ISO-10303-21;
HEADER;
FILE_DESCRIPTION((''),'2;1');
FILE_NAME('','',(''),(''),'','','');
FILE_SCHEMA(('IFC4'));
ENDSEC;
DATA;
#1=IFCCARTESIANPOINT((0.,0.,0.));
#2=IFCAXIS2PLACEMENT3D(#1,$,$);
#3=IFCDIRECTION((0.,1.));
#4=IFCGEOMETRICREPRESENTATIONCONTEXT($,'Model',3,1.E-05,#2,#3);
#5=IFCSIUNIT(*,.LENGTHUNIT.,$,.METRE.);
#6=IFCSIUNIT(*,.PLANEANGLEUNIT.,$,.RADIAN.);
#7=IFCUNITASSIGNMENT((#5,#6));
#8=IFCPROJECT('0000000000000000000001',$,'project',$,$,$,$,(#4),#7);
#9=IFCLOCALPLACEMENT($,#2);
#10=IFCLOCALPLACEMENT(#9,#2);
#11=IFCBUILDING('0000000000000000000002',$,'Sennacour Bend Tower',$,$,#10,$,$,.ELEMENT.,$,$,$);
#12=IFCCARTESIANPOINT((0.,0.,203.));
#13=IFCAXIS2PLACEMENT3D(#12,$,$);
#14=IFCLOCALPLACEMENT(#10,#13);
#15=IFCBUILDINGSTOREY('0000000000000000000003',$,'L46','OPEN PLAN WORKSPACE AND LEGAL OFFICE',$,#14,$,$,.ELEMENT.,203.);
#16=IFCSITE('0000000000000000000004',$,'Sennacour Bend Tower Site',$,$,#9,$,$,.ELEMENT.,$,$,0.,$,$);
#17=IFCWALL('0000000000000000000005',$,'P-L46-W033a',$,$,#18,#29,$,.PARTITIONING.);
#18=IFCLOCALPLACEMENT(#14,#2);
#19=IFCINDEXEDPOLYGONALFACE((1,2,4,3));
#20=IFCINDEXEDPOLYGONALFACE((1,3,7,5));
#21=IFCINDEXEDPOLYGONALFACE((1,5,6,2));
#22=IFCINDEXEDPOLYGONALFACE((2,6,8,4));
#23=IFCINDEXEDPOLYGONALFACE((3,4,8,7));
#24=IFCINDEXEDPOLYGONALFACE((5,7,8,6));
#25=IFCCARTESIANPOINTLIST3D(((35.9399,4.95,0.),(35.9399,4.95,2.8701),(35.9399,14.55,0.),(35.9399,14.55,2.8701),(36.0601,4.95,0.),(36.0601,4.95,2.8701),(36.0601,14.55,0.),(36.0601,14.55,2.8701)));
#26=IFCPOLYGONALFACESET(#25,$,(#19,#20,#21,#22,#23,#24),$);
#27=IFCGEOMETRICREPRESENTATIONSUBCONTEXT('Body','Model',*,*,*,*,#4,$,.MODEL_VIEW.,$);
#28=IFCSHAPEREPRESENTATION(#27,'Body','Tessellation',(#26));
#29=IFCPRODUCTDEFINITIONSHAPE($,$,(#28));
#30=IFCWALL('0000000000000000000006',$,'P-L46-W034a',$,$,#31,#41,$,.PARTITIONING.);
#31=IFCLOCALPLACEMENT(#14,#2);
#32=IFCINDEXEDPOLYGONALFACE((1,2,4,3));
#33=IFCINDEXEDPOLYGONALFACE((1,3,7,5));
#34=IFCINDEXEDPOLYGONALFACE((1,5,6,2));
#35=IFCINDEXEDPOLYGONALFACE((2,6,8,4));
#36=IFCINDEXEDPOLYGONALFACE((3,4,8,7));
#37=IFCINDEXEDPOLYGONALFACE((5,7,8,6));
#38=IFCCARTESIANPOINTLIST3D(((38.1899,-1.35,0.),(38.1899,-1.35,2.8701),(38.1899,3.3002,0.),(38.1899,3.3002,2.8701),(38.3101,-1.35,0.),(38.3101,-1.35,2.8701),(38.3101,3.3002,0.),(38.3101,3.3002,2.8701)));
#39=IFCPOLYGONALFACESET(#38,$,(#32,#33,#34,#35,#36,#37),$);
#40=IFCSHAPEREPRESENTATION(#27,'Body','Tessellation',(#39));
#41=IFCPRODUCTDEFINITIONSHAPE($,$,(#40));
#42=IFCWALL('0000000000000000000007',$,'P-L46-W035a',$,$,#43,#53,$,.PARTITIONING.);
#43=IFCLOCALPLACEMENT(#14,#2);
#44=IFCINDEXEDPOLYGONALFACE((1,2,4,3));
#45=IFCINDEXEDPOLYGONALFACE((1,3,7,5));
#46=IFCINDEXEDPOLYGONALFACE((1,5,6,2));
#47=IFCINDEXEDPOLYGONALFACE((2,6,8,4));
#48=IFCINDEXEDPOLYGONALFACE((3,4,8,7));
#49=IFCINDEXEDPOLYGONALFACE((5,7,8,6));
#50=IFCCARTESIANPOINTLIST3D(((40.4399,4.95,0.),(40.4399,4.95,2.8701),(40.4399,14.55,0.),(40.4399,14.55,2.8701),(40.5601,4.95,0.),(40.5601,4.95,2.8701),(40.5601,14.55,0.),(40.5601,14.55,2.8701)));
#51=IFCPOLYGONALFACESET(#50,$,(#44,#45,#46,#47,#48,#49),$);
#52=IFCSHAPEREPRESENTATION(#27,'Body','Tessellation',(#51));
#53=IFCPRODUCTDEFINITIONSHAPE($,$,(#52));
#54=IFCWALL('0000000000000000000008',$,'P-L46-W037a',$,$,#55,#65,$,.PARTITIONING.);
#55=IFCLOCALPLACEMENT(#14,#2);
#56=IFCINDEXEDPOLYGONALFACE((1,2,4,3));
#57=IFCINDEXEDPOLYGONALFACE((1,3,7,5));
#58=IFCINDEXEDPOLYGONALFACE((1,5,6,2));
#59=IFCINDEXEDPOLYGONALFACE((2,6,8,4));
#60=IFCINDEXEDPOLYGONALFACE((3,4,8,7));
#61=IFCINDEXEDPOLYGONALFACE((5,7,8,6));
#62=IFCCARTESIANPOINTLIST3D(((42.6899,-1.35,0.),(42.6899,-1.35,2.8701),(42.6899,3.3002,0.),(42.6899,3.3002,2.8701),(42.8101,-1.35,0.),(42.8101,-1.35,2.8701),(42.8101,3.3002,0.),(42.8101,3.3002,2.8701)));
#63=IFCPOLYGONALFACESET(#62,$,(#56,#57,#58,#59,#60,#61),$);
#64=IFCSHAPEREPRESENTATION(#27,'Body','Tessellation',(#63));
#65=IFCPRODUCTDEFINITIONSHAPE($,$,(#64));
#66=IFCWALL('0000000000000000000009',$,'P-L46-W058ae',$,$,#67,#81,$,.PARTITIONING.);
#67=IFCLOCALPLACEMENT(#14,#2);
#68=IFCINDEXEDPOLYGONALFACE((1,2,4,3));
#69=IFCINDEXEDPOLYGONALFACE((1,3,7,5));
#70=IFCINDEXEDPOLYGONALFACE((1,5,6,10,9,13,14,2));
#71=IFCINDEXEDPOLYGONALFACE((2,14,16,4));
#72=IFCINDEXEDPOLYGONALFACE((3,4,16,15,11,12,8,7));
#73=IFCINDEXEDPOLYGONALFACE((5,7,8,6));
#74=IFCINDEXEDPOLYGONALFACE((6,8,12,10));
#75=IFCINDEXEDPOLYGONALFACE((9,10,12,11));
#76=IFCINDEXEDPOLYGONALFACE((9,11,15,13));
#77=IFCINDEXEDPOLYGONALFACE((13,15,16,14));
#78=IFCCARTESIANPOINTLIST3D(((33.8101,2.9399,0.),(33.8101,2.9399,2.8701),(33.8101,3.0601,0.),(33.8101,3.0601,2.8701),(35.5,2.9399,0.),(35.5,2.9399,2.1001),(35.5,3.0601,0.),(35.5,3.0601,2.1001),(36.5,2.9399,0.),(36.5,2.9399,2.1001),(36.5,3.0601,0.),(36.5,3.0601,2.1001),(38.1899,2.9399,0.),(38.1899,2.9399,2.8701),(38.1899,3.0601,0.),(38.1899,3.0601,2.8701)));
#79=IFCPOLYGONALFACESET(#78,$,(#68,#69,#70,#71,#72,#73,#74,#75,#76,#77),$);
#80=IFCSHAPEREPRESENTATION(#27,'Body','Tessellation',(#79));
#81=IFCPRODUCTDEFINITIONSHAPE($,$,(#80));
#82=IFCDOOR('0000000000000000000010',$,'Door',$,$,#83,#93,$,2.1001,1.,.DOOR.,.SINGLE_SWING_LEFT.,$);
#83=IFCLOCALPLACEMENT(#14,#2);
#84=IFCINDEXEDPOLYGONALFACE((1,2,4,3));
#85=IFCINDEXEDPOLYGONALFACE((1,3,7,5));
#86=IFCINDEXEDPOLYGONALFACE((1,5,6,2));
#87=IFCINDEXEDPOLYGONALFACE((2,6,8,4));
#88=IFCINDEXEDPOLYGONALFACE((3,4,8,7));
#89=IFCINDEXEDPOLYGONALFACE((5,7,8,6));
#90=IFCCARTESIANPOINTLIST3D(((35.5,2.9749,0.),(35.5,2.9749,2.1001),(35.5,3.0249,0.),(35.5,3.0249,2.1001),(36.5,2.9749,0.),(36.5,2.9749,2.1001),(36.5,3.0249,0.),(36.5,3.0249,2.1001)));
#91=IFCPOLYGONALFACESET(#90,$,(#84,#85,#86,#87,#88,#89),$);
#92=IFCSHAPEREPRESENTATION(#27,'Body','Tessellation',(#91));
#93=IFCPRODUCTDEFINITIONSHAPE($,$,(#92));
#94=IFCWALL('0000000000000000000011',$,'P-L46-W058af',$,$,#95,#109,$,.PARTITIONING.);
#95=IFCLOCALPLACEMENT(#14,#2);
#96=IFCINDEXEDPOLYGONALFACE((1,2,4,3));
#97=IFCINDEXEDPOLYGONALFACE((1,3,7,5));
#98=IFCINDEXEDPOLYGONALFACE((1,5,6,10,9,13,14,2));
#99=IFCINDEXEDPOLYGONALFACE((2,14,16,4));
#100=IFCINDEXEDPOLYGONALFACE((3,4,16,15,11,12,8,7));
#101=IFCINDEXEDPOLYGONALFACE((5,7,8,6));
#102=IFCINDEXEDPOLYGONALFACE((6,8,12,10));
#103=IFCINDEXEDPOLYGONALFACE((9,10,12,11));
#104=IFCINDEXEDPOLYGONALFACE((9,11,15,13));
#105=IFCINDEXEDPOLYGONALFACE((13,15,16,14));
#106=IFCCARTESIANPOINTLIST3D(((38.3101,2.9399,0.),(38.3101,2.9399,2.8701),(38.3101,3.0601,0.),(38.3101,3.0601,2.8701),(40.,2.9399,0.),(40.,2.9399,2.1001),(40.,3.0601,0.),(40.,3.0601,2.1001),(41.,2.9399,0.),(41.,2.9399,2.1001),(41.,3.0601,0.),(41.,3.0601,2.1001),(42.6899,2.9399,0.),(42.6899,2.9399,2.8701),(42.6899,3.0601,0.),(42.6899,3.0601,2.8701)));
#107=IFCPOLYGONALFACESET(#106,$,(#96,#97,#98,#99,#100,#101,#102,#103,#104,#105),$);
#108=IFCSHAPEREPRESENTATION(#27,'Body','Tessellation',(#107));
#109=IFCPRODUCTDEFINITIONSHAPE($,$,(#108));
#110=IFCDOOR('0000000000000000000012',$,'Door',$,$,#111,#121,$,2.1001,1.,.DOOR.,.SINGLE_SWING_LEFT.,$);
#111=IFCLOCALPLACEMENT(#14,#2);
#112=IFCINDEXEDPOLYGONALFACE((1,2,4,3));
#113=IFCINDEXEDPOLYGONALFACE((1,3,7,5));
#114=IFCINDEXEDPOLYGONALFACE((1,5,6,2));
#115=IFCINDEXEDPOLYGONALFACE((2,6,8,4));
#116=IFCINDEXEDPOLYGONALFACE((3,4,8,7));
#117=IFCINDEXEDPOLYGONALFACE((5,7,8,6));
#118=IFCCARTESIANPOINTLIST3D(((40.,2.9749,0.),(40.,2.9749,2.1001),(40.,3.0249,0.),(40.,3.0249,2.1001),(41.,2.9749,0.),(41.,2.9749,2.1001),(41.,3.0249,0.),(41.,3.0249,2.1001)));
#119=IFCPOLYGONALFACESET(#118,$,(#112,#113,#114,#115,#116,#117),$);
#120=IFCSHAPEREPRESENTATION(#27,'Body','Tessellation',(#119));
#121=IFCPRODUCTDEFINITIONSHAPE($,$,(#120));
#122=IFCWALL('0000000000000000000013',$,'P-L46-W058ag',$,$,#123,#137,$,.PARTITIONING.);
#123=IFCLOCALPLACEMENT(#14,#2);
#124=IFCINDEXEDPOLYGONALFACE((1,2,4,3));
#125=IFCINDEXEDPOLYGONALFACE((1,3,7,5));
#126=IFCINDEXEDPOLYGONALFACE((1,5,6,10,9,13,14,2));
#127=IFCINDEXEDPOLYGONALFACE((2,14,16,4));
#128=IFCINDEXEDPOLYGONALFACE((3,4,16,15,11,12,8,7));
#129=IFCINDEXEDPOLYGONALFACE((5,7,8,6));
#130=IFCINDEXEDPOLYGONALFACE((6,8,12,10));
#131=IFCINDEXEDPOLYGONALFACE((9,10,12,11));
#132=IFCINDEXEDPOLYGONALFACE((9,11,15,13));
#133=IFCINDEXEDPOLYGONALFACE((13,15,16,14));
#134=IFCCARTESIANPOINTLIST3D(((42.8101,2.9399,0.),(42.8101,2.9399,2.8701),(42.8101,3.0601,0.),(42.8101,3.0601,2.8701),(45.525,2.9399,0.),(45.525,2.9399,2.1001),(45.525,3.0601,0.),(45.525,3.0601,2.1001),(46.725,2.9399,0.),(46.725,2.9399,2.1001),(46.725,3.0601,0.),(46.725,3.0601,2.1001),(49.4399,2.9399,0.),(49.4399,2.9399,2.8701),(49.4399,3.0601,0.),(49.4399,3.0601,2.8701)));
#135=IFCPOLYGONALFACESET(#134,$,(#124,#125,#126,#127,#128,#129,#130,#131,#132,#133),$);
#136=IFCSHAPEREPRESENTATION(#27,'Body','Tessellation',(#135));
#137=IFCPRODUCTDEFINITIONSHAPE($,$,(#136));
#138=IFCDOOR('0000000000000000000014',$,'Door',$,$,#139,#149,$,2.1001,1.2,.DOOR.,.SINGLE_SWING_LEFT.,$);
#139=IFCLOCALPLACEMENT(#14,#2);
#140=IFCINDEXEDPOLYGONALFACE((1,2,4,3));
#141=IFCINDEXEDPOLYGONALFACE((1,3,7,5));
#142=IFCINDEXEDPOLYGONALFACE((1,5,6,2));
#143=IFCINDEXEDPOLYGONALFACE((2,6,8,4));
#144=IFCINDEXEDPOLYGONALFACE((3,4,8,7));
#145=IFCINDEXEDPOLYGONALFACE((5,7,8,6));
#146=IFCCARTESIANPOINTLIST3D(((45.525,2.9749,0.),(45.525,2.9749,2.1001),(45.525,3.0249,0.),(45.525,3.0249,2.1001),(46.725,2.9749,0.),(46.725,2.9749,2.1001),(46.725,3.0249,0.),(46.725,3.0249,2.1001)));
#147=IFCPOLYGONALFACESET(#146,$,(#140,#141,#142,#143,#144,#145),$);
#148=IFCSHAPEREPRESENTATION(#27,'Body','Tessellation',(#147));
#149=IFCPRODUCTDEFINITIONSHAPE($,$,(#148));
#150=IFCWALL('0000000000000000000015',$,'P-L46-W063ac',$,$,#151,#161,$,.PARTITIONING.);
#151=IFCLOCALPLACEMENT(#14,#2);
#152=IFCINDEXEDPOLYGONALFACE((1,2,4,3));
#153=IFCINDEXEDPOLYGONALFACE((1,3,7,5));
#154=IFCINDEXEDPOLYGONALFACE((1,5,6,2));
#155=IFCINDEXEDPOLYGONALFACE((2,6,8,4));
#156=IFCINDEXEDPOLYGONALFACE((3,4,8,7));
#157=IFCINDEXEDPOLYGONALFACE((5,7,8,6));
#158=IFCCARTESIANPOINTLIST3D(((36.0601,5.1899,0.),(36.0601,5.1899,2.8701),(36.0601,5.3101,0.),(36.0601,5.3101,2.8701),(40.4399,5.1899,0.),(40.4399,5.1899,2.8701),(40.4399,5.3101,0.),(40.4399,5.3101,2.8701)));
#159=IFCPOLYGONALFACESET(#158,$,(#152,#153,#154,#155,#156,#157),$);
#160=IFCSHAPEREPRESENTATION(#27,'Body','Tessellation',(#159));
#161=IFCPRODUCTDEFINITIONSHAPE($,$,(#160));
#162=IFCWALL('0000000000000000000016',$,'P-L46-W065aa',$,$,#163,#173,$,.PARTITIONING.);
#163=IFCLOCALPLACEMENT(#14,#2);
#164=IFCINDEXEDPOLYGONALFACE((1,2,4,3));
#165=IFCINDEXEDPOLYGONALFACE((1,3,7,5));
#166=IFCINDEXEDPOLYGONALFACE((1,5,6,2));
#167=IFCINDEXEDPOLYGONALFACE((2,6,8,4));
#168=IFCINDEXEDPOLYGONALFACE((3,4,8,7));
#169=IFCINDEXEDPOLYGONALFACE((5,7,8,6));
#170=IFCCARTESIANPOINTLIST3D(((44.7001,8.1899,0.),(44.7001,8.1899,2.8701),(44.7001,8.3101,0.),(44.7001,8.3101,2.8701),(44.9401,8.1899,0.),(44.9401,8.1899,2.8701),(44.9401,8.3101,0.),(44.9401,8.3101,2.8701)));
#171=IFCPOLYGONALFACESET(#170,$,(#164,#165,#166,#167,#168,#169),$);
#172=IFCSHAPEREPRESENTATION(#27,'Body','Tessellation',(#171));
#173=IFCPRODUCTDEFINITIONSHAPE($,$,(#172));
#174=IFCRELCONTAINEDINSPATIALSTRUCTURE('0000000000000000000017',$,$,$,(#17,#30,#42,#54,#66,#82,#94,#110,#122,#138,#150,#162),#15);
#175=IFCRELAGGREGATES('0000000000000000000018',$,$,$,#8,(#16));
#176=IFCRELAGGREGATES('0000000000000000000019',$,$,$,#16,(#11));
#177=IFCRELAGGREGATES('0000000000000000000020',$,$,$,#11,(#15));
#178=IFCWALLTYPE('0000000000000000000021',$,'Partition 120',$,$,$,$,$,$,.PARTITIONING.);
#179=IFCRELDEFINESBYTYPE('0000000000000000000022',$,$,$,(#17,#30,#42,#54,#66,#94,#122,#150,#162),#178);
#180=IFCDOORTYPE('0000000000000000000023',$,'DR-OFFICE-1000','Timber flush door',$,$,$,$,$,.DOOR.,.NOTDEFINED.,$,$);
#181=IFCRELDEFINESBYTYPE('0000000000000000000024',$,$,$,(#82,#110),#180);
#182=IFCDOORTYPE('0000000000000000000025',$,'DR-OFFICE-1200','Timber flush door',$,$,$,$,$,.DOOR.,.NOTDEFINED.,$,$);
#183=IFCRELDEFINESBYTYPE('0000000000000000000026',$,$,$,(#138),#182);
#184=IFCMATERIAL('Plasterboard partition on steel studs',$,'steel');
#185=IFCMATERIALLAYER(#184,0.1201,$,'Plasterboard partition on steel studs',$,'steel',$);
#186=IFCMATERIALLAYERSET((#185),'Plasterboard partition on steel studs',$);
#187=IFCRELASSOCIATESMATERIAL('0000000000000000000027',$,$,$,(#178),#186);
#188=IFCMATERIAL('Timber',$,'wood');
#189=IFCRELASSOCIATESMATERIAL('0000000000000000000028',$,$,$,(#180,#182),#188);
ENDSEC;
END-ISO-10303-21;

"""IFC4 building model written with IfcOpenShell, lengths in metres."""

from ifc_helpers import new_model, si_unit, direction, frame, frame_2d, origin, place, context, subcontext, project, spatial, rectangle, extrude, material, layer, layer_set, type_object, element, fill, save


model = new_model("IFC4")

# Units and contexts
model_context = context("Model", 3, precision=1e-05, world=origin(), true_north=direction((0.0, 1.0)))
body_context = subcontext(model_context, "Body", "Model", "MODEL_VIEW")
ifc_project = project(units=[si_unit("LENGTHUNIT", "METRE"), si_unit("PLANEANGLEUNIT", "RADIAN")], contexts=[model_context])

# Site, building, storey
site_placement = place(None, origin())
site = spatial("IfcSite", under=ifc_project, at=site_placement, Name="Sennacour Bend Tower Site", CompositionType="ELEMENT", RefElevation=0.0)
building_placement = place(site_placement, origin())
building = spatial("IfcBuilding", under=site, at=building_placement, Name="Sennacour Bend Tower", CompositionType="ELEMENT")
storey_placement = place(building_placement, frame((0.0, 0.0, 203.0)))
storey = spatial("IfcBuildingStorey", under=building, at=storey_placement, Name="L46", Description="OPEN PLAN WORKSPACE AND LEGAL OFFICE", CompositionType="ELEMENT", Elevation=203.0)

# Walls
ifc_material_1 = material(Name="Plasterboard partition on steel studs", Category="steel")
ifc_layer_1 = layer(ifc_material_1, 0.1201, Name="Plasterboard partition on steel studs", Category="steel")
ifc_layer_set_1 = layer_set([ifc_layer_1], Name="Plasterboard partition on steel studs")
wall_type_1 = type_object("IfcWallType", Name="Partition 120", PredefinedType="PARTITIONING", material=ifc_layer_set_1)
wall_1_placement = place(storey_placement, frame((36.0, 4.95, 0.0), z_axis=(0.0, 0.0, 1.0), x_axis=(0.0, 1.0, 0.0)))
element("IfcWall", 1, at=wall_1_placement, inside=storey, type_object=wall_type_1, Name="P-L46-W033a", PredefinedType="PARTITIONING", context=body_context, shape_type="SweptSolid", body=[
    extrude(rectangle(XDim=9.6001, YDim=0.1201, at=frame_2d((4.8, 0.0))), origin(), (0.0, 0.0, 1.0), 2.8701),
])
wall_2_placement = place(storey_placement, frame((38.25, -1.3501, 0.0), z_axis=(0.0, 0.0, 1.0), x_axis=(0.0, 1.0, 0.0)))
element("IfcWall", 2, at=wall_2_placement, inside=storey, type_object=wall_type_1, Name="P-L46-W034a", PredefinedType="PARTITIONING", context=body_context, shape_type="SweptSolid", body=[
    extrude(rectangle(XDim=4.6501, YDim=0.1201, at=frame_2d((2.3252, 0.0))), origin(), (0.0, 0.0, 1.0), 2.8701),
])
wall_3_placement = place(storey_placement, frame((40.5, 4.95, 0.0), z_axis=(0.0, 0.0, 1.0), x_axis=(0.0, 1.0, 0.0)))
element("IfcWall", 3, at=wall_3_placement, inside=storey, type_object=wall_type_1, Name="P-L46-W035a", PredefinedType="PARTITIONING", context=body_context, shape_type="SweptSolid", body=[
    extrude(rectangle(XDim=9.6001, YDim=0.1201, at=frame_2d((4.8, 0.0))), origin(), (0.0, 0.0, 1.0), 2.8701),
])
wall_4_placement = place(storey_placement, frame((42.75, -1.3501, 0.0), z_axis=(0.0, 0.0, 1.0), x_axis=(0.0, 1.0, 0.0)))
element("IfcWall", 4, at=wall_4_placement, inside=storey, type_object=wall_type_1, Name="P-L46-W037a", PredefinedType="PARTITIONING", context=body_context, shape_type="SweptSolid", body=[
    extrude(rectangle(XDim=4.6501, YDim=0.1201, at=frame_2d((2.3252, 0.0))), origin(), (0.0, 0.0, 1.0), 2.8701),
])

# Walls, openings, doors
wall_5_placement = place(storey_placement, frame((33.8101, 3.0, 0.0), z_axis=(0.0, 0.0, 1.0), x_axis=(1.0, 0.0, 0.0)))
wall_5 = element("IfcWall", 5, at=wall_5_placement, inside=storey, type_object=wall_type_1, Name="P-L46-W058ae", PredefinedType="PARTITIONING", context=body_context, shape_type="SweptSolid", body=[
    extrude(rectangle(XDim=4.3799, YDim=0.1201, at=frame_2d((2.1899, 0.0))), origin(), (0.0, 0.0, 1.0), 2.8701),
])
opening_1_placement = place(wall_5_placement, frame((1.6899, 0.0, 0.0)))
opening_1 = element("IfcOpeningElement", 6, at=opening_1_placement, cuts=wall_5, PredefinedType="OPENING", context=body_context, shape_type="SweptSolid", body=[
    extrude(rectangle(XDim=1.0, YDim=2.1001, at=frame_2d((0.5, 1.05))), frame((0.0, 0.0701, 0.0), z_axis=(0.0, -1.0, 0.0), x_axis=(1.0, 0.0, 0.0)), (0.0, 0.0, 1.0), 0.1401),
])
ifc_material_2 = material(Name="Timber", Category="wood")
door_type_1 = type_object("IfcDoorType", Name="DR-OFFICE-1000", Description="Timber flush door", OperationType="NOTDEFINED", PredefinedType="DOOR", material=ifc_material_2)
door_1_placement = place(opening_1_placement, origin())
door_1 = element("IfcDoor", 7, at=door_1_placement, inside=storey, type_object=door_type_1, Name="Door", OperationType="SINGLE_SWING_LEFT", OverallHeight=2.1001, OverallWidth=1.0, PredefinedType="DOOR", context=body_context, shape_type="SweptSolid", body=[
    extrude(rectangle(XDim=1.0, YDim=2.1001, at=frame_2d((0.5, 1.05))), frame((0.0, 0.0249, 0.0), z_axis=(0.0, -1.0, 0.0), x_axis=(1.0, 0.0, 0.0)), (0.0, 0.0, 1.0), 0.05),
])
fill(opening_1, door_1)
wall_6_placement = place(storey_placement, frame((38.3101, 3.0, 0.0), z_axis=(0.0, 0.0, 1.0), x_axis=(1.0, 0.0, 0.0)))
wall_6 = element("IfcWall", 8, at=wall_6_placement, inside=storey, type_object=wall_type_1, Name="P-L46-W058af", PredefinedType="PARTITIONING", context=body_context, shape_type="SweptSolid", body=[
    extrude(rectangle(XDim=4.3799, YDim=0.1201, at=frame_2d((2.1899, 0.0))), origin(), (0.0, 0.0, 1.0), 2.8701),
])
opening_2_placement = place(wall_6_placement, frame((1.6899, 0.0, 0.0)))
opening_2 = element("IfcOpeningElement", 9, at=opening_2_placement, cuts=wall_6, PredefinedType="OPENING", context=body_context, shape_type="SweptSolid", body=[
    extrude(rectangle(XDim=1.0, YDim=2.1001, at=frame_2d((0.5, 1.05))), frame((0.0, 0.0701, 0.0), z_axis=(0.0, -1.0, 0.0), x_axis=(1.0, 0.0, 0.0)), (0.0, 0.0, 1.0), 0.1401),
])
door_2_placement = place(opening_2_placement, origin())
door_2 = element("IfcDoor", 10, at=door_2_placement, inside=storey, type_object=door_type_1, Name="Door", OperationType="SINGLE_SWING_LEFT", OverallHeight=2.1001, OverallWidth=1.0, PredefinedType="DOOR", context=body_context, shape_type="SweptSolid", body=[
    extrude(rectangle(XDim=1.0, YDim=2.1001, at=frame_2d((0.5, 1.05))), frame((0.0, 0.0249, 0.0), z_axis=(0.0, -1.0, 0.0), x_axis=(1.0, 0.0, 0.0)), (0.0, 0.0, 1.0), 0.05),
])
fill(opening_2, door_2)
wall_7_placement = place(storey_placement, frame((42.8101, 3.0, 0.0), z_axis=(0.0, 0.0, 1.0), x_axis=(1.0, 0.0, 0.0)))
wall_7 = element("IfcWall", 11, at=wall_7_placement, inside=storey, type_object=wall_type_1, Name="P-L46-W058ag", PredefinedType="PARTITIONING", context=body_context, shape_type="SweptSolid", body=[
    extrude(rectangle(XDim=6.6299, YDim=0.1201, at=frame_2d((3.3149, 0.0))), origin(), (0.0, 0.0, 1.0), 2.8701),
])
opening_3_placement = place(wall_7_placement, frame((2.7148, 0.0, 0.0)))
opening_3 = element("IfcOpeningElement", 12, at=opening_3_placement, cuts=wall_7, PredefinedType="OPENING", context=body_context, shape_type="SweptSolid", body=[
    extrude(rectangle(XDim=1.2, YDim=2.1001, at=frame_2d((0.6001, 1.05))), frame((0.0, 0.0701, 0.0), z_axis=(0.0, -1.0, 0.0), x_axis=(1.0, 0.0, 0.0)), (0.0, 0.0, 1.0), 0.1401),
])
door_type_2 = type_object("IfcDoorType", Name="DR-OFFICE-1200", Description="Timber flush door", OperationType="NOTDEFINED", PredefinedType="DOOR", material=ifc_material_2)
door_3_placement = place(opening_3_placement, origin())
door_3 = element("IfcDoor", 13, at=door_3_placement, inside=storey, type_object=door_type_2, Name="Door", OperationType="SINGLE_SWING_LEFT", OverallHeight=2.1001, OverallWidth=1.2, PredefinedType="DOOR", context=body_context, shape_type="SweptSolid", body=[
    extrude(rectangle(XDim=1.2, YDim=2.1001, at=frame_2d((0.6001, 1.05))), frame((0.0, 0.0249, 0.0), z_axis=(0.0, -1.0, 0.0), x_axis=(1.0, 0.0, 0.0)), (0.0, 0.0, 1.0), 0.05),
])
fill(opening_3, door_3)

# Walls
wall_8_placement = place(storey_placement, frame((36.0601, 5.25, 0.0), z_axis=(0.0, 0.0, 1.0), x_axis=(1.0, 0.0, 0.0)))
element("IfcWall", 14, at=wall_8_placement, inside=storey, type_object=wall_type_1, Name="P-L46-W063ac", PredefinedType="PARTITIONING", context=body_context, shape_type="SweptSolid", body=[
    extrude(rectangle(XDim=4.3799, YDim=0.1201, at=frame_2d((2.1899, 0.0))), origin(), (0.0, 0.0, 1.0), 2.8701),
])
wall_9_placement = place(storey_placement, frame((44.7, 8.25, 0.0), z_axis=(0.0, 0.0, 1.0), x_axis=(1.0, 0.0, 0.0)))
element("IfcWall", 15, at=wall_9_placement, inside=storey, type_object=wall_type_1, Name="P-L46-W065aa", PredefinedType="PARTITIONING", context=body_context, shape_type="SweptSolid", body=[
    extrude(rectangle(XDim=0.24, YDim=0.1201, at=frame_2d((0.1201, 0.0))), origin(), (0.0, 0.0, 1.0), 2.8701),
])

save(model, "model.ifc")
